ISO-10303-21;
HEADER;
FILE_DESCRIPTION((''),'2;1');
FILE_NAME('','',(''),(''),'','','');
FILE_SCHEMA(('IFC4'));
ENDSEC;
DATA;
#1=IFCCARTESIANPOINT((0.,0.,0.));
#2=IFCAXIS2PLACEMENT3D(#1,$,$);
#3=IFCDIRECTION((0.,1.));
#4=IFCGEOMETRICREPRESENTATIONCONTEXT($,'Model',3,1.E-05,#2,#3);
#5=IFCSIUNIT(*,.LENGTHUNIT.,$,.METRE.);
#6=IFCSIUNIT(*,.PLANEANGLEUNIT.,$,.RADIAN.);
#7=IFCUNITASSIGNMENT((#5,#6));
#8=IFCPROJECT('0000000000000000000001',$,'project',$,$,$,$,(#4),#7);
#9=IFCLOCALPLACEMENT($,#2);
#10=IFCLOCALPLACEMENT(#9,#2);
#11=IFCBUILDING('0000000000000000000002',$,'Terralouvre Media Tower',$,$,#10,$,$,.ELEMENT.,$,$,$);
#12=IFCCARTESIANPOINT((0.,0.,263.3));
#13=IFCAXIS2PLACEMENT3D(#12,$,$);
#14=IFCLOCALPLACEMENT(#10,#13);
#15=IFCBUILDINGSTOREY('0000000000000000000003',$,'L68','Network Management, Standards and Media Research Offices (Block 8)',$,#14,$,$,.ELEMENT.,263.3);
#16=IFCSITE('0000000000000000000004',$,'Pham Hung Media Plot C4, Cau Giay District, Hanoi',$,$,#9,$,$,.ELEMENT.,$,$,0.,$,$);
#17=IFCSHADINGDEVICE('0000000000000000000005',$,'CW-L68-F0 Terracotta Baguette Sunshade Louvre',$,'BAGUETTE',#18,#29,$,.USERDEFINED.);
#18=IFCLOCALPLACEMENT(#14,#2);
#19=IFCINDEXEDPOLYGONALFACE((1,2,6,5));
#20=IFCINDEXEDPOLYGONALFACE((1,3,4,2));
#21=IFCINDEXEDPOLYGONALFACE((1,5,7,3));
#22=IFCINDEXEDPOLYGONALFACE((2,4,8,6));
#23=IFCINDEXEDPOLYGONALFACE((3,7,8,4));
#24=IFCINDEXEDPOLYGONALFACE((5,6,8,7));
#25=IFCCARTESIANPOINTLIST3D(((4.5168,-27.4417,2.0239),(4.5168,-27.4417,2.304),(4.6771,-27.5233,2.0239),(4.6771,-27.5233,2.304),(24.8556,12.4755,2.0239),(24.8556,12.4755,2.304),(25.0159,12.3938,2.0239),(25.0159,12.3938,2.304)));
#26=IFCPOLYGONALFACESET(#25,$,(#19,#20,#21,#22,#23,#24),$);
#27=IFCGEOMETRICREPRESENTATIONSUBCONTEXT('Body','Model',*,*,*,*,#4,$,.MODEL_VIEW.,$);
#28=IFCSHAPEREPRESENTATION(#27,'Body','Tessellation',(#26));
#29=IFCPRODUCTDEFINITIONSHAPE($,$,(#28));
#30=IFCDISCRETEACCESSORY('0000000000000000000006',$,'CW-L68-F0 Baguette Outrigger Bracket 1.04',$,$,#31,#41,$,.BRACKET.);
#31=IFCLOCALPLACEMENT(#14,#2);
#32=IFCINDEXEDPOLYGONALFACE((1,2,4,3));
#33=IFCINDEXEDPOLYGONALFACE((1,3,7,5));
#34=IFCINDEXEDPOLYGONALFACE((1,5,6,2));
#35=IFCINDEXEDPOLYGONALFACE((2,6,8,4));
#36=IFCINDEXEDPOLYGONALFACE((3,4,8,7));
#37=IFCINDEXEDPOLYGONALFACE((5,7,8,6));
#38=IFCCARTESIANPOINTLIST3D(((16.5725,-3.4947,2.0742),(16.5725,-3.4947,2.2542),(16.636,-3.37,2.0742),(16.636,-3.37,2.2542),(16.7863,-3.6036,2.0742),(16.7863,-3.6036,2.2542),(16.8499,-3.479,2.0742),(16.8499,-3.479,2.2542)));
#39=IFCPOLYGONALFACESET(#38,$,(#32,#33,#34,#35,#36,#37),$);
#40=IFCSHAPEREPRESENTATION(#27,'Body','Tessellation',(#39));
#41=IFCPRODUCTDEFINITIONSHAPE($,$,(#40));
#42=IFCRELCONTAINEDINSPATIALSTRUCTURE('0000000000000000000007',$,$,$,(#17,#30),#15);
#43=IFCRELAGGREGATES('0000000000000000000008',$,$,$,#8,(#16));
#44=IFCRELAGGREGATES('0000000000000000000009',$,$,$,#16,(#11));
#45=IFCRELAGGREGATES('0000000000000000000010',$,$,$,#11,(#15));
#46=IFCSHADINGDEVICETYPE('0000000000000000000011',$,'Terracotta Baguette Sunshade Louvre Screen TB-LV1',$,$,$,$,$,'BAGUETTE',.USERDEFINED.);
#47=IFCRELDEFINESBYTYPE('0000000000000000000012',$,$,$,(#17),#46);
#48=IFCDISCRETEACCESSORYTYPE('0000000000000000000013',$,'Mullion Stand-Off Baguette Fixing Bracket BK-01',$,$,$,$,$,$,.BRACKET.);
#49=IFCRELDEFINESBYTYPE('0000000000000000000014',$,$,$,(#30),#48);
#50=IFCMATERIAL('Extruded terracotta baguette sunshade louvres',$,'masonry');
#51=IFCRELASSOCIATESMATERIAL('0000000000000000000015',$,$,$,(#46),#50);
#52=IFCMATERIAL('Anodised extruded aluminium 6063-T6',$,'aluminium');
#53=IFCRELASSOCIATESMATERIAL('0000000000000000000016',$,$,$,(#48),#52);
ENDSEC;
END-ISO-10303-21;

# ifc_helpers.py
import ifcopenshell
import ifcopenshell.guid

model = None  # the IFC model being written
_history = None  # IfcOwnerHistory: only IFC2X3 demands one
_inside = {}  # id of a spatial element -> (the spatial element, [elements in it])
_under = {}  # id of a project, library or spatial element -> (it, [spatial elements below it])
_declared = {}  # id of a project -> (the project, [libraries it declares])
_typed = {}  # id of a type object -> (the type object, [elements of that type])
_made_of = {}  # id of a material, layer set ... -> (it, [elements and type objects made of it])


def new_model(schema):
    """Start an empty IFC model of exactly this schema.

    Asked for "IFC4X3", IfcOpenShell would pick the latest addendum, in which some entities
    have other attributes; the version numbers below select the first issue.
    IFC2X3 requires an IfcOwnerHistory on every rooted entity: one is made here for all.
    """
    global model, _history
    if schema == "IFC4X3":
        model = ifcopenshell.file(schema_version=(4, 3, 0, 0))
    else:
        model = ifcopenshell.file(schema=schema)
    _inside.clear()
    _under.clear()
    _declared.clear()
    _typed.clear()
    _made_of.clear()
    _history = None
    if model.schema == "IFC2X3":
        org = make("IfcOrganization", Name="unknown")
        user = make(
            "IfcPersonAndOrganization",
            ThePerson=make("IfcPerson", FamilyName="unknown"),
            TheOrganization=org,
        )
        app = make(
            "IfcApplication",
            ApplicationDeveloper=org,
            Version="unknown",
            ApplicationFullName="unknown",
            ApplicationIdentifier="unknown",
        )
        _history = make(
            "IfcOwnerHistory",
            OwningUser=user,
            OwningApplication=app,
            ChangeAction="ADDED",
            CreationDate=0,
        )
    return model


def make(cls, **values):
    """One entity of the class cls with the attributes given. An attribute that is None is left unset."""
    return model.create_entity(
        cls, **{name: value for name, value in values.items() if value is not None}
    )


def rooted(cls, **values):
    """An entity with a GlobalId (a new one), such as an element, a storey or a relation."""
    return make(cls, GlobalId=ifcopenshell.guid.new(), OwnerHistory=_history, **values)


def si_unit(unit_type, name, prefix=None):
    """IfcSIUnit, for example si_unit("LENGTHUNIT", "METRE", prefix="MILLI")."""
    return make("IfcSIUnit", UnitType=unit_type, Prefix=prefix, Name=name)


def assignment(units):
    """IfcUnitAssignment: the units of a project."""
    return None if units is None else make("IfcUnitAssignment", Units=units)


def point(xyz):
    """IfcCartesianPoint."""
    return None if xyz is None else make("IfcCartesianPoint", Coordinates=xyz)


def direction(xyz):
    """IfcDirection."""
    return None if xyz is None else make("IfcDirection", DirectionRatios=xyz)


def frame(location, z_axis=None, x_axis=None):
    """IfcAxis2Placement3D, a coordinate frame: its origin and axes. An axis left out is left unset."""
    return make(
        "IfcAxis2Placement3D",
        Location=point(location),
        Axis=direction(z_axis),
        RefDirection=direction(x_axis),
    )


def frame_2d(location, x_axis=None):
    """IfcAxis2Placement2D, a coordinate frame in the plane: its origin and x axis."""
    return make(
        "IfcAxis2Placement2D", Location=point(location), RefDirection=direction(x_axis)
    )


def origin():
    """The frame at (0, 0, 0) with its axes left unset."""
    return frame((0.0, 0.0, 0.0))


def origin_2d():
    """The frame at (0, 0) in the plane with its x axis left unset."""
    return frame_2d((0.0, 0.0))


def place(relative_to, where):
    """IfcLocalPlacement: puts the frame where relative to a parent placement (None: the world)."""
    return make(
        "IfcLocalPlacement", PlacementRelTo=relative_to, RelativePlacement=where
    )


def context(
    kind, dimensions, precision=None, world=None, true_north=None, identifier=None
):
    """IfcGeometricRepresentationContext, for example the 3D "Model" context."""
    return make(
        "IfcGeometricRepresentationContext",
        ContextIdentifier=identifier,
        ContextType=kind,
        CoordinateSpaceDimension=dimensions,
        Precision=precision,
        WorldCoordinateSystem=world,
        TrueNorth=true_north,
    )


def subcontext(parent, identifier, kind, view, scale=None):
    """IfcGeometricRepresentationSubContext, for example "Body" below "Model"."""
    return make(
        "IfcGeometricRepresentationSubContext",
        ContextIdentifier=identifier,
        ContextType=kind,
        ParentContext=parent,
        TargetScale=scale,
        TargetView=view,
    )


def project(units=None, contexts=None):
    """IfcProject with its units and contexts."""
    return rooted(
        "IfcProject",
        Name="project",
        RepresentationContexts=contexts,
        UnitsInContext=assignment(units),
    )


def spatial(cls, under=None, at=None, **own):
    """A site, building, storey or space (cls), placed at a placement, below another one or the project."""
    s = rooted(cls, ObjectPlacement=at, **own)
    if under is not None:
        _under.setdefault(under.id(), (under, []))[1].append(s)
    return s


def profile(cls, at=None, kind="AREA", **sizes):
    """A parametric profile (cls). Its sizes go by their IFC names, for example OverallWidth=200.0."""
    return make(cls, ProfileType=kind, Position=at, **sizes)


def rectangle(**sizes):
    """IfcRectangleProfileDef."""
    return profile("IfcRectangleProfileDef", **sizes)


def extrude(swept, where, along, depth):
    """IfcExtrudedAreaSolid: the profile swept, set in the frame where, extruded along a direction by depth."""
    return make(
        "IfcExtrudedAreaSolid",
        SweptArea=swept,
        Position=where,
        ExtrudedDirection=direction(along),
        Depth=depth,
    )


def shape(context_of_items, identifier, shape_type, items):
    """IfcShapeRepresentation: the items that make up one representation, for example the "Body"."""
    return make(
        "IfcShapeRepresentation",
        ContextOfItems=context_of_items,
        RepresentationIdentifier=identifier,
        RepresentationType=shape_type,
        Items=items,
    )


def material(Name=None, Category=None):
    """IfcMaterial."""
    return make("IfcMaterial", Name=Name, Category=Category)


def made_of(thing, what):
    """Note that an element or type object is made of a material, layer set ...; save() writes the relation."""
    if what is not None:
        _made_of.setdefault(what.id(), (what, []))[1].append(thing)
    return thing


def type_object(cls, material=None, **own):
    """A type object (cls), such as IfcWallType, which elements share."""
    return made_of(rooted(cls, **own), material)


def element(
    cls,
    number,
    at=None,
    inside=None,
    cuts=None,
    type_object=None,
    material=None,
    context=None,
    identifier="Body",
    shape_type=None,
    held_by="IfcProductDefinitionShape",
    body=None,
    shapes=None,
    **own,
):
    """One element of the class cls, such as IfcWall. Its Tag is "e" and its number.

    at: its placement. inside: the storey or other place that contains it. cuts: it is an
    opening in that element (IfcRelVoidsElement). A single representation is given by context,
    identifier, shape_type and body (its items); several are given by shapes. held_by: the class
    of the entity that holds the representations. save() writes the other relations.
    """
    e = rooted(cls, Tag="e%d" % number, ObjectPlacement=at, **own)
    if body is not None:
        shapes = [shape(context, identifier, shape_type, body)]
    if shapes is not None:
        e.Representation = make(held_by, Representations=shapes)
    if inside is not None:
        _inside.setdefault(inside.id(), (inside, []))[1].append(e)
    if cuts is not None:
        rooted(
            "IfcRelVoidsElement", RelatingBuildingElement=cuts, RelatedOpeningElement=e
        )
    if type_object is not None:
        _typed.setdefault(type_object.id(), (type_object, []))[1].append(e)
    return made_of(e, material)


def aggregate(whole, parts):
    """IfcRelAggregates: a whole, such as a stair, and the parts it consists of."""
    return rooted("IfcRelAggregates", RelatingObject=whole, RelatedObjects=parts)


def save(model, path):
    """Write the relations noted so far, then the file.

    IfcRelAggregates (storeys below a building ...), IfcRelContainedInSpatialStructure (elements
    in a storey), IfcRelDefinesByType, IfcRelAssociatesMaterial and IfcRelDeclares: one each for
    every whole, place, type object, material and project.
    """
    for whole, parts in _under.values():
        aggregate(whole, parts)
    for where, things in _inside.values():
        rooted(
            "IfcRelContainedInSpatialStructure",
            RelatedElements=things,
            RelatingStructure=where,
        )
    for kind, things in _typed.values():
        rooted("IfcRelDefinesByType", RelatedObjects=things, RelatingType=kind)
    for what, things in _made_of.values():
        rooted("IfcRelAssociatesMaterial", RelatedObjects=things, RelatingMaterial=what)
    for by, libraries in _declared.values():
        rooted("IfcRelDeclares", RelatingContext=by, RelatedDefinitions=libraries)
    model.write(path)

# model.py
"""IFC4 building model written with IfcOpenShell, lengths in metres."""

from ifc_helpers import new_model, si_unit, direction, frame, origin, origin_2d, place, context, subcontext, project, spatial, rectangle, extrude, material, type_object, element, save


model = new_model("IFC4")

# Units and contexts
model_context = context("Model", 3, precision=1e-05, world=origin(), true_north=direction((0.0, 1.0)))
body_context = subcontext(model_context, "Body", "Model", "MODEL_VIEW")
ifc_project = project(units=[si_unit("LENGTHUNIT", "METRE"), si_unit("PLANEANGLEUNIT", "RADIAN")], contexts=[model_context])

# Site, building, storey
site_placement = place(None, origin())
site = spatial("IfcSite", under=ifc_project, at=site_placement, Name="Pham Hung Media Plot C4, Cau Giay District, Hanoi", CompositionType="ELEMENT", RefElevation=0.0)
building_placement = place(site_placement, origin())
building = spatial("IfcBuilding", under=site, at=building_placement, Name="Terralouvre Media Tower", CompositionType="ELEMENT")
storey_placement = place(building_placement, frame((0.0, 0.0, 263.3)))
storey = spatial("IfcBuildingStorey", under=building, at=storey_placement, Name="L68", Description="Network Management, Standards and Media Research Offices (Block 8)", CompositionType="ELEMENT", Elevation=263.3)

# Shading device
ifc_material_1 = material(Name="Extruded terracotta baguette sunshade louvres", Category="masonry")
shading_device_type = type_object("IfcShadingDeviceType", Name="Terracotta Baguette Sunshade Louvre Screen TB-LV1", ElementType="BAGUETTE", PredefinedType="USERDEFINED", material=ifc_material_1)
shading_device_placement = place(storey_placement, frame((14.7664, -7.5239, 2.0239), z_axis=(0.0, 0.0, 1.0), x_axis=(0.45399, 0.891007, 0.0)))
element("IfcShadingDevice", 1, at=shading_device_placement, inside=storey, type_object=shading_device_type, Name="CW-L68-F0 Terracotta Baguette Sunshade Louvre", ObjectType="BAGUETTE", PredefinedType="USERDEFINED", context=body_context, shape_type="SweptSolid", body=[
    extrude(rectangle(XDim=44.8, YDim=0.1799, at=origin_2d()), origin(), (0.0, 0.0, 1.0), 0.28),
])

# Discrete accessory
ifc_material_2 = material(Name="Anodised extruded aluminium 6063-T6", Category="aluminium")
discrete_accessory_type = type_object("IfcDiscreteAccessoryType", Name="Mullion Stand-Off Baguette Fixing Bracket BK-01", PredefinedType="BRACKET", material=ifc_material_2)
discrete_accessory_placement = place(storey_placement, frame((16.7112, -3.4868, 2.0742), z_axis=(0.0, 0.0, 1.0), x_axis=(0.45399, 0.891007, 0.0)))
element("IfcDiscreteAccessory", 2, at=discrete_accessory_placement, inside=storey, type_object=discrete_accessory_type, Name="CW-L68-F0 Baguette Outrigger Bracket 1.04", PredefinedType="BRACKET", context=body_context, shape_type="SweptSolid", body=[
    extrude(rectangle(XDim=0.1399, YDim=0.24, at=origin_2d()), origin(), (0.0, 0.0, 1.0), 0.1799),
])

save(model, "model.ifc")
